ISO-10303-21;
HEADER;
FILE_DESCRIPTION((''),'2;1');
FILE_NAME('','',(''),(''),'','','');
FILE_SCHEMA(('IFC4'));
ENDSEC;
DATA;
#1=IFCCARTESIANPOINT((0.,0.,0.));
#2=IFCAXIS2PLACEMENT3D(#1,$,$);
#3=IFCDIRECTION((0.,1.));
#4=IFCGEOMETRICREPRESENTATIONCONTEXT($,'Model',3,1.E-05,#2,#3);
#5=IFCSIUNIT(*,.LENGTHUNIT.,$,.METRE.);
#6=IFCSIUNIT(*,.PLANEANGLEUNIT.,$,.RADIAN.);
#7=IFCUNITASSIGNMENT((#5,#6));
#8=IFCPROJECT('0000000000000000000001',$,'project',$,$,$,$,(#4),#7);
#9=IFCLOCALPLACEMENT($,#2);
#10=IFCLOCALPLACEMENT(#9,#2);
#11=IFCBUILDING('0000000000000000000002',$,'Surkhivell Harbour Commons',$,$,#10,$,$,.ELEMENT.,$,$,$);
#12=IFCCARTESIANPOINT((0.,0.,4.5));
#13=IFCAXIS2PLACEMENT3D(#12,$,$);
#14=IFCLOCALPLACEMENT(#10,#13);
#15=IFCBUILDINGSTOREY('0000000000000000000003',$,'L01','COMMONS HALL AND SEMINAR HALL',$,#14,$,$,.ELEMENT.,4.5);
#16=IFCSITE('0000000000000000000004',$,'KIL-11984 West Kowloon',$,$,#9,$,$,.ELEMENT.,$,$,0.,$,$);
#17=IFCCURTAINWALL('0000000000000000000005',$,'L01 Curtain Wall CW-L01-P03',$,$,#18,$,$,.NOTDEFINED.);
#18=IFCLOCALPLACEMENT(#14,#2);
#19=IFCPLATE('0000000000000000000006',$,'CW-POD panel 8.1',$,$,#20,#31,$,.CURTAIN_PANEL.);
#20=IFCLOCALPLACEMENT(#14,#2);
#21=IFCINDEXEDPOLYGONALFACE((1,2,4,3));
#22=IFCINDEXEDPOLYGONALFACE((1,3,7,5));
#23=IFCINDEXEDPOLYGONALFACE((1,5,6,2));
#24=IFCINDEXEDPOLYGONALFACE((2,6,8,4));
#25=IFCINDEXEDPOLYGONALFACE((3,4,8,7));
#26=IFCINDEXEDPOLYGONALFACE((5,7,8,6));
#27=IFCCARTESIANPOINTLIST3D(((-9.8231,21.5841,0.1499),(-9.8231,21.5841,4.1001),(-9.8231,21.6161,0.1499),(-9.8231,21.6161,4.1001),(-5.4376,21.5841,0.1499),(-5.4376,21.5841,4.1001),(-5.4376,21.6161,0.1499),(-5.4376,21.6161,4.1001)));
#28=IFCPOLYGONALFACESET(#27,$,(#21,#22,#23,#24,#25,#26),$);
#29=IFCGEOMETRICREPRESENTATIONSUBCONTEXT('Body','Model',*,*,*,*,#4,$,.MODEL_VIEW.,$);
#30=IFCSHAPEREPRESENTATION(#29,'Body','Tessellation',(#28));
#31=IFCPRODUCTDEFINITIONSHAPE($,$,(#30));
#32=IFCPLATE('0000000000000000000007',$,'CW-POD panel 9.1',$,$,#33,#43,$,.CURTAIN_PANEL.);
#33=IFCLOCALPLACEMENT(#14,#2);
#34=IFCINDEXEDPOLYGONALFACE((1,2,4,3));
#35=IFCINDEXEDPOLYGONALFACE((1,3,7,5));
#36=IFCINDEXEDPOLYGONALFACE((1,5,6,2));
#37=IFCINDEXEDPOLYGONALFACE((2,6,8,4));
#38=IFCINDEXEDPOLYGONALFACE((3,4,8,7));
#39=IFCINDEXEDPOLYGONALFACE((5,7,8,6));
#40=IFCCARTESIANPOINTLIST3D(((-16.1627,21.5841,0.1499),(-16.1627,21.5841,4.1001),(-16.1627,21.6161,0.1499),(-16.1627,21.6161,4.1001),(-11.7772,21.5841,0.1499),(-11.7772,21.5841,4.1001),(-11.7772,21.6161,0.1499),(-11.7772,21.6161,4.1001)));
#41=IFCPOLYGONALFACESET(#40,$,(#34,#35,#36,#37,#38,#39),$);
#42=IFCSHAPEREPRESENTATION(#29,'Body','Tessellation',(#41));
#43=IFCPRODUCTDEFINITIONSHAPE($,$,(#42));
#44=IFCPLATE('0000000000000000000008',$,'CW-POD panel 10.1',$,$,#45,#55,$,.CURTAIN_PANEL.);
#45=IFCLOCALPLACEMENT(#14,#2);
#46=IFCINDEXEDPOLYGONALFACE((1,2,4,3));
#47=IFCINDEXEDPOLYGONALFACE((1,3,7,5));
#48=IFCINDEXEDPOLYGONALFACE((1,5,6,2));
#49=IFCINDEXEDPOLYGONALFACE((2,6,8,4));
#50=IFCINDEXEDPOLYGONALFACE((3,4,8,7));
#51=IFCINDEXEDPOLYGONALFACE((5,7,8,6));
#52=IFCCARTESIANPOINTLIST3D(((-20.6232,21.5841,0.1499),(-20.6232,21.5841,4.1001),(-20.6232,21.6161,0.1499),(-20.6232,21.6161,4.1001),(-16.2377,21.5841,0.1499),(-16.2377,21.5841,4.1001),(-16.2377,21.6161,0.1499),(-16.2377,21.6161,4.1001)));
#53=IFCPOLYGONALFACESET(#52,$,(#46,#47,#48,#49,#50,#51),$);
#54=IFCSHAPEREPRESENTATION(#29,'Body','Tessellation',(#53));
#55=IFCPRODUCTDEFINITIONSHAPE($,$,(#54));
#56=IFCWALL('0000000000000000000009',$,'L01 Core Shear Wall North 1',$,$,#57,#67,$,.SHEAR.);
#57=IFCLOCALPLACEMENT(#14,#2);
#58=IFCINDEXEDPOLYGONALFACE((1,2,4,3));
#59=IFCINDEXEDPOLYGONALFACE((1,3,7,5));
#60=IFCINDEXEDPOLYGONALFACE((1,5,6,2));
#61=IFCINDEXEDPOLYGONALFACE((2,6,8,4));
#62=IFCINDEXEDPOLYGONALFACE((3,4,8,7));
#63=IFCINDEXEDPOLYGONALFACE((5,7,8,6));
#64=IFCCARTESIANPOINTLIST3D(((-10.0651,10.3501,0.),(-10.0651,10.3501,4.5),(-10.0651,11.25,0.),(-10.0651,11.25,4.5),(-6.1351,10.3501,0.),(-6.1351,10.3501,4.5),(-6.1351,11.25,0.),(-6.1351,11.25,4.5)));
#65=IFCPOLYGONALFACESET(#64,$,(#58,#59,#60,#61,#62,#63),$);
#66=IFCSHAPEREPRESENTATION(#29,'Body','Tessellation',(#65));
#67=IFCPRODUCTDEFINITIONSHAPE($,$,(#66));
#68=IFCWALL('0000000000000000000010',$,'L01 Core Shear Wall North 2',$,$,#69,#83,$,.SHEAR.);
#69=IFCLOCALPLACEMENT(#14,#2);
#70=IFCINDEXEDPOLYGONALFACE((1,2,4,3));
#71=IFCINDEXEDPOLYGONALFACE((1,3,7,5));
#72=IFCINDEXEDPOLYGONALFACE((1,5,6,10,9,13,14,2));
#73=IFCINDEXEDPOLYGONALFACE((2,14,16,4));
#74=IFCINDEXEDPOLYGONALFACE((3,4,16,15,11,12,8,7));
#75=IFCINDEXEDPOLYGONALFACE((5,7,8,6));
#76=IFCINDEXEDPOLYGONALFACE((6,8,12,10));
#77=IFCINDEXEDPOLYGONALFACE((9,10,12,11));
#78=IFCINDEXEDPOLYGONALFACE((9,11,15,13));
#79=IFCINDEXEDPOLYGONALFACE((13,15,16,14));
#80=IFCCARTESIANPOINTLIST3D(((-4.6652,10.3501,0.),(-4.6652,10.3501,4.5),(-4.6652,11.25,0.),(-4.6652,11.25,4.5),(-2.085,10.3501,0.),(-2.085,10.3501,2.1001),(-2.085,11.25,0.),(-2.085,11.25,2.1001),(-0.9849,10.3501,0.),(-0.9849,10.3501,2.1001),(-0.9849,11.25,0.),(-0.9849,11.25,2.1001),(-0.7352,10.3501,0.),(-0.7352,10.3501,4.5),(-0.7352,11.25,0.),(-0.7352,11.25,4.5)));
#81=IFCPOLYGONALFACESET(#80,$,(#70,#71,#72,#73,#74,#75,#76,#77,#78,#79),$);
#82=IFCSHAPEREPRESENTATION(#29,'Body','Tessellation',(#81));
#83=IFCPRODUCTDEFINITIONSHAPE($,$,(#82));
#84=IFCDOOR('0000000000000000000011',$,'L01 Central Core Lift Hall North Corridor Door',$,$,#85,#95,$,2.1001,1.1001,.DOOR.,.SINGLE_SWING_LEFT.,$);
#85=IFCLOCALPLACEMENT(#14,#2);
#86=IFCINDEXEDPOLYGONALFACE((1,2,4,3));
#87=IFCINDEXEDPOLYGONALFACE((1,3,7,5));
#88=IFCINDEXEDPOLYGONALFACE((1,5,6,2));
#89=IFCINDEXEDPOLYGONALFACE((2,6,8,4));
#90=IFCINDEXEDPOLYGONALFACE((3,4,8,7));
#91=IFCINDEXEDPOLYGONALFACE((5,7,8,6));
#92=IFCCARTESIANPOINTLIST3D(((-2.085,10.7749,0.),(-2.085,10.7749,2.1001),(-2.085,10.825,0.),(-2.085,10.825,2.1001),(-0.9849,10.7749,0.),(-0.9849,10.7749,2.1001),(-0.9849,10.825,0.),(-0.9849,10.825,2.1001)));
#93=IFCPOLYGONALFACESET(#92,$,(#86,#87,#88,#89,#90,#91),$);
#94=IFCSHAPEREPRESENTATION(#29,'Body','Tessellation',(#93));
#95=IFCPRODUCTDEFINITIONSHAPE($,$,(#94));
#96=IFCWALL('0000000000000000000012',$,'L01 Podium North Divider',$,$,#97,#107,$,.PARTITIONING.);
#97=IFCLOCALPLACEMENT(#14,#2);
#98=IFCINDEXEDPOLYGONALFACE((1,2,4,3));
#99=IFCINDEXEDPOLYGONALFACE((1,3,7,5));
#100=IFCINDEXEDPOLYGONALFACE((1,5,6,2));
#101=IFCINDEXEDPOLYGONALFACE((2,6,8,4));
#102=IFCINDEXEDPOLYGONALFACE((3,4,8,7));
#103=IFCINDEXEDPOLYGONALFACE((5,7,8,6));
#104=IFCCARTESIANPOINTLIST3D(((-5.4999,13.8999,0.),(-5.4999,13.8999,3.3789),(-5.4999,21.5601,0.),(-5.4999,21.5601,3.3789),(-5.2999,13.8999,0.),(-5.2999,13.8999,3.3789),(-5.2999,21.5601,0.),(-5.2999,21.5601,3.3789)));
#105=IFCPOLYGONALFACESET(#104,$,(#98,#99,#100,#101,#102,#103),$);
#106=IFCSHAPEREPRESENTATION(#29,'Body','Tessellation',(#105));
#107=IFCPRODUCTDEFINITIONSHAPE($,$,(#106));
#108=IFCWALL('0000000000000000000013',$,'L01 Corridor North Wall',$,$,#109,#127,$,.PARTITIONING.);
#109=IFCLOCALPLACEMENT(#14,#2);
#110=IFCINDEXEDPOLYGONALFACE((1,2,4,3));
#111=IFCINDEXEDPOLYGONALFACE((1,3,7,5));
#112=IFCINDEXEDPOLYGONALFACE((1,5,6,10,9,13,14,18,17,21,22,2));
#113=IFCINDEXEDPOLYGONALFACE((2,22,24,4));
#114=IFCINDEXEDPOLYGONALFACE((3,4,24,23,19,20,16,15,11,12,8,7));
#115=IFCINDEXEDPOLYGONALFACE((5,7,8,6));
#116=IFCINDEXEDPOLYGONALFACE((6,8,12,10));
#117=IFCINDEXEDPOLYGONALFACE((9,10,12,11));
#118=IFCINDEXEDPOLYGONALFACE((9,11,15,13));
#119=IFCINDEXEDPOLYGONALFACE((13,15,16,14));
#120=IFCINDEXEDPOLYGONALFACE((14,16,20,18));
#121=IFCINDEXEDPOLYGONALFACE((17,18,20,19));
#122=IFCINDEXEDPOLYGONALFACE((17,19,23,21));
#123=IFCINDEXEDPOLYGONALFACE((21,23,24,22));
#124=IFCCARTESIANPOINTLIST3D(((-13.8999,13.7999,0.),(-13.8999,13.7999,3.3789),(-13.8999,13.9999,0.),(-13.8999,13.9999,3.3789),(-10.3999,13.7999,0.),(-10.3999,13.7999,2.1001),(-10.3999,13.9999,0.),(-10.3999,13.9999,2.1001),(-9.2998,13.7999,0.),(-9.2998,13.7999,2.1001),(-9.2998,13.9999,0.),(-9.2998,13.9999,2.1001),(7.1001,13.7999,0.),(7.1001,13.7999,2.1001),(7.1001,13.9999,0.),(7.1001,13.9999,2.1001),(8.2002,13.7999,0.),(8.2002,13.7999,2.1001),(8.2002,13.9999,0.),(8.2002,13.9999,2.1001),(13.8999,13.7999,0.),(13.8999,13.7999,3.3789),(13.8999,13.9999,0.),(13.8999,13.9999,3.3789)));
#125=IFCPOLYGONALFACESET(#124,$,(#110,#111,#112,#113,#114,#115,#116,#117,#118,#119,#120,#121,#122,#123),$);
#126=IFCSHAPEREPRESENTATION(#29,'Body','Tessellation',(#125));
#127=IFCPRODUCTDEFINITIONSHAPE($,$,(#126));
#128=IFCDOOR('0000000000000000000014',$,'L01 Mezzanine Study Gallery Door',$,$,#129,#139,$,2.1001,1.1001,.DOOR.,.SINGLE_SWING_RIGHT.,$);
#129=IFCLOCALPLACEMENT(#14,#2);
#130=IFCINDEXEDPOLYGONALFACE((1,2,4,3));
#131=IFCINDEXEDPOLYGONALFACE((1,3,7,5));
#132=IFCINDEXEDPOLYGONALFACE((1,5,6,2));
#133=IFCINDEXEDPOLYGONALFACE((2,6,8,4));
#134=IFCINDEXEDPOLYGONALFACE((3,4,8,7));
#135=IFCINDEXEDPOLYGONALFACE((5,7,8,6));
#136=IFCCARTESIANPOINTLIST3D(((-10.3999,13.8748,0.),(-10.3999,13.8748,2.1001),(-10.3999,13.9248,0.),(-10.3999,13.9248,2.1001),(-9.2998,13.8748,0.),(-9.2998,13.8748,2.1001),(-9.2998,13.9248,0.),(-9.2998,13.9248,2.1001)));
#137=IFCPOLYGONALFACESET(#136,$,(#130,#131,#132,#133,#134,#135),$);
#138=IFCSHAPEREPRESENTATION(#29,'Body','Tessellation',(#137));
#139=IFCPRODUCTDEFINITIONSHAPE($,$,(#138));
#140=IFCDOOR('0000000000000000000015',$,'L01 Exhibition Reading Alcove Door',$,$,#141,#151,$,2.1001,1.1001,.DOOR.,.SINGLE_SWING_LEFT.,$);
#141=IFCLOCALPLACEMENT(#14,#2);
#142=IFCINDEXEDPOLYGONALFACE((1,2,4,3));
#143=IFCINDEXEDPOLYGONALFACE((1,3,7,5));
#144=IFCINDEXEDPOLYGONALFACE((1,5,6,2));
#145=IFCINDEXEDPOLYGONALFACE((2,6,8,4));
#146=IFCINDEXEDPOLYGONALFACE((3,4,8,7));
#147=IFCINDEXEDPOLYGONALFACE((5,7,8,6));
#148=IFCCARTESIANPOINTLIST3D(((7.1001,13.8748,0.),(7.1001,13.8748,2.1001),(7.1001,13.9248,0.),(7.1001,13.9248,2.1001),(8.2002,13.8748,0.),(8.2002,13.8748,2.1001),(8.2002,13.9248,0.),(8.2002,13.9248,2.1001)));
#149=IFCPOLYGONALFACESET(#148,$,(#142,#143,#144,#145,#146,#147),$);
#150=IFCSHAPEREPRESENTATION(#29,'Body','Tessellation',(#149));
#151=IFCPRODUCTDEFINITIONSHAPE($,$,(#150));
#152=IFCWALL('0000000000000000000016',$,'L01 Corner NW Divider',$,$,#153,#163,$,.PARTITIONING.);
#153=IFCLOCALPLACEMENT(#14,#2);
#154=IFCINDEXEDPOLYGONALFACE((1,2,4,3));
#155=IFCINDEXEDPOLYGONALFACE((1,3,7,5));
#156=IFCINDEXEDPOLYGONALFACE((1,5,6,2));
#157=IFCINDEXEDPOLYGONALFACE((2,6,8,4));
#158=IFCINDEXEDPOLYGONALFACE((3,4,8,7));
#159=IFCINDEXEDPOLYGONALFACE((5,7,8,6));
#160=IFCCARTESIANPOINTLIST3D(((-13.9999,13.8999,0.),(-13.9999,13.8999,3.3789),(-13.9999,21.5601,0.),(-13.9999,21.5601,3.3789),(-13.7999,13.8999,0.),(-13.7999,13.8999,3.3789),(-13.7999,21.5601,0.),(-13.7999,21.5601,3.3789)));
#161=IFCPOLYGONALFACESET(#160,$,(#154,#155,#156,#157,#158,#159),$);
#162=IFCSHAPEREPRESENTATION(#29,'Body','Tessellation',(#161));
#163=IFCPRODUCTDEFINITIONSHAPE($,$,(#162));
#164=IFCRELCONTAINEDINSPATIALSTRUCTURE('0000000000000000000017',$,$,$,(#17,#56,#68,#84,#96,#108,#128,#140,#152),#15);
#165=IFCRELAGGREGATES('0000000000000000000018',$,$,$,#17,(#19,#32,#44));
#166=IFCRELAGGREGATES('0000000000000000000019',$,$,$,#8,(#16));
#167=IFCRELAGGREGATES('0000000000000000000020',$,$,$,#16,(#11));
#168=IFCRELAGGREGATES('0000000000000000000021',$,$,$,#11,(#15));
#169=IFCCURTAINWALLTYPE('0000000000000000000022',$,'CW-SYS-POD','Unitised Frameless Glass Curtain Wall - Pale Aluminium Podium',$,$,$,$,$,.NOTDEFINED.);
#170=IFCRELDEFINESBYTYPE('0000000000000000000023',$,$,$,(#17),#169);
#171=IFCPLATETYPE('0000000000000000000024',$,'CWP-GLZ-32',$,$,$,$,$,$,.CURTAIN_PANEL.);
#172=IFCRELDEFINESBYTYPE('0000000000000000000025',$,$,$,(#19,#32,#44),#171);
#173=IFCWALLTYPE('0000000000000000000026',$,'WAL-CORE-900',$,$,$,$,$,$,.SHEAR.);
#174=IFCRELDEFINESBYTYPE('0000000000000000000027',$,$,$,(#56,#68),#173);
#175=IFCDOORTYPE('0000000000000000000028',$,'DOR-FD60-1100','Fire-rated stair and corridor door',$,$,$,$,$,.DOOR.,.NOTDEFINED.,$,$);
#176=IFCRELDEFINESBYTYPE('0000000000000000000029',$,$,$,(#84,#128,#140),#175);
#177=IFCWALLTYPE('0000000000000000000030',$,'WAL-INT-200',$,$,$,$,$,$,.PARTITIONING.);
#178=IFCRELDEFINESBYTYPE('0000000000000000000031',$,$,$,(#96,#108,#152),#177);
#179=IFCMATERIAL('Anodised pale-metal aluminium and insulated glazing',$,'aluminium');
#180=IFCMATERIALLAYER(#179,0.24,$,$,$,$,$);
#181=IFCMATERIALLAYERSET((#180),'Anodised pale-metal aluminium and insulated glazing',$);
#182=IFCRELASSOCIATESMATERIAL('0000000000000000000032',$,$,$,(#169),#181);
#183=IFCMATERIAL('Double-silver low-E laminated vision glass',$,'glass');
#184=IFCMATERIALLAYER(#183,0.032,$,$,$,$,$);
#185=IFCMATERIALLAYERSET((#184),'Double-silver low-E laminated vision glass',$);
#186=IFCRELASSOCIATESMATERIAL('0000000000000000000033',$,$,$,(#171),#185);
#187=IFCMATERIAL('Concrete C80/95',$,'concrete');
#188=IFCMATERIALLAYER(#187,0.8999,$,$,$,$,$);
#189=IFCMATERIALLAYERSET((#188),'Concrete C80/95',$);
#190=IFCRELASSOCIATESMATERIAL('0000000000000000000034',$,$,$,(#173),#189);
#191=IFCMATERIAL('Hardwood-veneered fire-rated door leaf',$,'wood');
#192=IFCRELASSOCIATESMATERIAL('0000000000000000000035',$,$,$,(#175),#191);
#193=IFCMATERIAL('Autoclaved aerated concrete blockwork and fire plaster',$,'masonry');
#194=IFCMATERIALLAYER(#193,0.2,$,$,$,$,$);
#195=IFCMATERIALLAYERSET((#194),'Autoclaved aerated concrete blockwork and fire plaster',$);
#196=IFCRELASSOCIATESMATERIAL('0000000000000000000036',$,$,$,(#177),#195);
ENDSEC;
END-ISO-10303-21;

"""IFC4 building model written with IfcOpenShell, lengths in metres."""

from ifc_helpers import new_model, si_unit, direction, frame, frame_2d, origin, place, context, subcontext, project, spatial, rectangle, extrude, material, layer, layer_set, type_object, element, fill, aggregate, save


model = new_model("IFC4")

# Units and contexts
model_context = context("Model", 3, precision=1e-05, world=origin(), true_north=direction((0.0, 1.0)))
body_context = subcontext(model_context, "Body", "Model", "MODEL_VIEW")
ifc_project = project(units=[si_unit("LENGTHUNIT", "METRE"), si_unit("PLANEANGLEUNIT", "RADIAN")], contexts=[model_context])

# Site, building, storey
site_placement = place(None, origin())
site = spatial("IfcSite", under=ifc_project, at=site_placement, Name="KIL-11984 West Kowloon", CompositionType="ELEMENT", RefElevation=0.0)
building_placement = place(site_placement, origin())
building = spatial("IfcBuilding", under=site, at=building_placement, Name="Surkhivell Harbour Commons", CompositionType="ELEMENT")
storey_placement = place(building_placement, frame((0.0, 0.0, 4.5)))
storey = spatial("IfcBuildingStorey", under=building, at=storey_placement, Name="L01", Description="COMMONS HALL AND SEMINAR HALL", CompositionType="ELEMENT", Elevation=4.5)

# Shared definitions
ifc_material_1 = material(Name="Concrete C80/95", Category="concrete")

# Curtain wall, plates
ifc_material_2 = material(Name="Anodised pale-metal aluminium and insulated glazing", Category="aluminium")
ifc_layer_1 = layer(ifc_material_2, 0.24)
ifc_layer_set_1 = layer_set([ifc_layer_1], Name="Anodised pale-metal aluminium and insulated glazing")
curtain_wall_type = type_object("IfcCurtainWallType", Name="CW-SYS-POD", Description="Unitised Frameless Glass Curtain Wall - Pale Aluminium Podium", PredefinedType="NOTDEFINED", material=ifc_layer_set_1)
curtain_wall_placement = place(storey_placement, origin())
curtain_wall = element("IfcCurtainWall", 1, at=curtain_wall_placement, inside=storey, type_object=curtain_wall_type, Name="L01 Curtain Wall CW-L01-P03", PredefinedType="NOTDEFINED")
ifc_material_3 = material(Name="Double-silver low-E laminated vision glass", Category="glass")
ifc_layer_2 = layer(ifc_material_3, 0.032)
ifc_layer_set_2 = layer_set([ifc_layer_2], Name="Double-silver low-E laminated vision glass")
plate_type = type_object("IfcPlateType", Name="CWP-GLZ-32", PredefinedType="CURTAIN_PANEL", material=ifc_layer_set_2)
plate_1_placement = place(storey_placement, frame((-5.4375, 21.6001, 0.1499), z_axis=(0.0, 0.0, 1.0), x_axis=(-1.0, 0.0, 0.0)))
plate_1 = element("IfcPlate", 2, at=plate_1_placement, type_object=plate_type, Name="CW-POD panel 8.1", PredefinedType="CURTAIN_PANEL", context=body_context, shape_type="SweptSolid", body=[
    extrude(rectangle(XDim=4.3855, YDim=0.032, at=frame_2d((2.1929, 0.0))), origin(), (0.0, 0.0, 1.0), 3.9502),
])
plate_2_placement = place(storey_placement, frame((-11.7771, 21.6001, 0.1499), z_axis=(0.0, 0.0, 1.0), x_axis=(-1.0, 0.0, 0.0)))
plate_2 = element("IfcPlate", 3, at=plate_2_placement, type_object=plate_type, Name="CW-POD panel 9.1", PredefinedType="CURTAIN_PANEL", context=body_context, shape_type="SweptSolid", body=[
    extrude(rectangle(XDim=4.3855, YDim=0.032, at=frame_2d((2.1929, 0.0))), origin(), (0.0, 0.0, 1.0), 3.9502),
])
plate_3_placement = place(storey_placement, frame((-16.2375, 21.6001, 0.1499), z_axis=(0.0, 0.0, 1.0), x_axis=(-1.0, 0.0, 0.0)))
plate_3 = element("IfcPlate", 4, at=plate_3_placement, type_object=plate_type, Name="CW-POD panel 10.1", PredefinedType="CURTAIN_PANEL", context=body_context, shape_type="SweptSolid", body=[
    extrude(rectangle(XDim=4.3855, YDim=0.032, at=frame_2d((2.1929, 0.0))), origin(), (0.0, 0.0, 1.0), 3.9502),
])
aggregate(curtain_wall, [plate_1, plate_2, plate_3])

# Wall
ifc_layer_3 = layer(ifc_material_1, 0.8999)
ifc_layer_set_3 = layer_set([ifc_layer_3], Name="Concrete C80/95")
wall_type_1 = type_object("IfcWallType", Name="WAL-CORE-900", PredefinedType="SHEAR", material=ifc_layer_set_3)
wall_1_placement = place(storey_placement, frame((-10.0649, 10.8, 0.0), z_axis=(0.0, 0.0, 1.0), x_axis=(1.0, 0.0, 0.0)))
element("IfcWall", 5, at=wall_1_placement, inside=storey, type_object=wall_type_1, Name="L01 Core Shear Wall North 1", PredefinedType="SHEAR", context=body_context, shape_type="SweptSolid", body=[
    extrude(rectangle(XDim=3.9299, YDim=0.8999, at=frame_2d((1.9648, 0.0))), origin(), (0.0, 0.0, 1.0), 4.5),
])

# Wall, opening, door
wall_2_placement = place(storey_placement, frame((-4.665, 10.8, 0.0), z_axis=(0.0, 0.0, 1.0), x_axis=(1.0, 0.0, 0.0)))
wall_2 = element("IfcWall", 6, at=wall_2_placement, inside=storey, type_object=wall_type_1, Name="L01 Core Shear Wall North 2", PredefinedType="SHEAR", context=body_context, shape_type="SweptSolid", body=[
    extrude(rectangle(XDim=3.9299, YDim=0.8999, at=frame_2d((1.9648, 0.0))), origin(), (0.0, 0.0, 1.0), 4.5),
])
opening_1_placement = place(wall_2_placement, frame((2.5801, 0.0, 0.0)))
opening_1 = element("IfcOpeningElement", 7, at=opening_1_placement, cuts=wall_2, PredefinedType="OPENING", context=body_context, shape_type="SweptSolid", body=[
    extrude(rectangle(XDim=1.1001, YDim=2.1001, at=frame_2d((0.55, 1.05))), frame((0.0, 0.46, 0.0), z_axis=(0.0, -1.0, 0.0), x_axis=(1.0, 0.0, 0.0)), (0.0, 0.0, 1.0), 0.9199),
])
ifc_material_4 = material(Name="Hardwood-veneered fire-rated door leaf", Category="wood")
door_type = type_object("IfcDoorType", Name="DOR-FD60-1100", Description="Fire-rated stair and corridor door", OperationType="NOTDEFINED", PredefinedType="DOOR", material=ifc_material_4)
door_1_placement = place(opening_1_placement, origin())
door_1 = element("IfcDoor", 8, at=door_1_placement, inside=storey, type_object=door_type, Name="L01 Central Core Lift Hall North Corridor Door", OperationType="SINGLE_SWING_LEFT", OverallHeight=2.1001, OverallWidth=1.1001, PredefinedType="DOOR", context=body_context, shape_type="SweptSolid", body=[
    extrude(rectangle(XDim=1.1001, YDim=2.1001, at=frame_2d((0.55, 1.05))), frame((0.0, 0.0249, 0.0), z_axis=(0.0, -1.0, 0.0), x_axis=(1.0, 0.0, 0.0)), (0.0, 0.0, 1.0), 0.05),
])
fill(opening_1, door_1)

# Wall
ifc_material_5 = material(Name="Autoclaved aerated concrete blockwork and fire plaster", Category="masonry")
ifc_layer_4 = layer(ifc_material_5, 0.2)
ifc_layer_set_4 = layer_set([ifc_layer_4], Name="Autoclaved aerated concrete blockwork and fire plaster")
wall_type_2 = type_object("IfcWallType", Name="WAL-INT-200", PredefinedType="PARTITIONING", material=ifc_layer_set_4)
wall_3_placement = place(storey_placement, frame((-5.3999, 13.8999, 0.0), z_axis=(0.0, 0.0, 1.0), x_axis=(0.0, 1.0, 0.0)))
element("IfcWall", 9, at=wall_3_placement, inside=storey, type_object=wall_type_2, Name="L01 Podium North Divider", PredefinedType="PARTITIONING", context=body_context, shape_type="SweptSolid", body=[
    extrude(rectangle(XDim=7.6602, YDim=0.2, at=frame_2d((3.8301, 0.0))), origin(), (0.0, 0.0, 1.0), 3.3789),
])

# Wall, openings, doors
wall_4_placement = place(storey_placement, frame((-13.8999, 13.8999, 0.0), z_axis=(0.0, 0.0, 1.0), x_axis=(1.0, 0.0, 0.0)))
wall_4 = element("IfcWall", 10, at=wall_4_placement, inside=storey, type_object=wall_type_2, Name="L01 Corridor North Wall", PredefinedType="PARTITIONING", context=body_context, shape_type="SweptSolid", body=[
    extrude(rectangle(XDim=27.7998, YDim=0.2, at=frame_2d((13.8999, 0.0))), origin(), (0.0, 0.0, 1.0), 3.3789),
])
opening_2_placement = place(wall_4_placement, frame((3.5, 0.0, 0.0)))
opening_2 = element("IfcOpeningElement", 11, at=opening_2_placement, cuts=wall_4, PredefinedType="OPENING", context=body_context, shape_type="SweptSolid", body=[
    extrude(rectangle(XDim=1.1001, YDim=2.1001, at=frame_2d((0.55, 1.05))), frame((0.0, 0.1099, 0.0), z_axis=(0.0, -1.0, 0.0), x_axis=(1.0, 0.0, 0.0)), (0.0, 0.0, 1.0), 0.22),
])
opening_3_placement = place(wall_4_placement, frame((21.0, 0.0, 0.0)))
opening_3 = element("IfcOpeningElement", 12, at=opening_3_placement, cuts=wall_4, PredefinedType="OPENING", context=body_context, shape_type="SweptSolid", body=[
    extrude(rectangle(XDim=1.1001, YDim=2.1001, at=frame_2d((0.55, 1.05))), frame((0.0, 0.1099, 0.0), z_axis=(0.0, -1.0, 0.0), x_axis=(1.0, 0.0, 0.0)), (0.0, 0.0, 1.0), 0.22),
])
door_2_placement = place(opening_2_placement, origin())
door_2 = element("IfcDoor", 13, at=door_2_placement, inside=storey, type_object=door_type, Name="L01 Mezzanine Study Gallery Door", OperationType="SINGLE_SWING_RIGHT", OverallHeight=2.1001, OverallWidth=1.1001, PredefinedType="DOOR", context=body_context, shape_type="SweptSolid", body=[
    extrude(rectangle(XDim=1.1001, YDim=2.1001, at=frame_2d((0.55, 1.05))), frame((0.0, 0.0249, 0.0), z_axis=(0.0, -1.0, 0.0), x_axis=(1.0, 0.0, 0.0)), (0.0, 0.0, 1.0), 0.05),
])
fill(opening_2, door_2)
door_3_placement = place(opening_3_placement, origin())
door_3 = element("IfcDoor", 14, at=door_3_placement, inside=storey, type_object=door_type, Name="L01 Exhibition Reading Alcove Door", OperationType="SINGLE_SWING_LEFT", OverallHeight=2.1001, OverallWidth=1.1001, PredefinedType="DOOR", context=body_context, shape_type="SweptSolid", body=[
    extrude(rectangle(XDim=1.1001, YDim=2.1001, at=frame_2d((0.55, 1.05))), frame((0.0, 0.0249, 0.0), z_axis=(0.0, -1.0, 0.0), x_axis=(1.0, 0.0, 0.0)), (0.0, 0.0, 1.0), 0.05),
])
fill(opening_3, door_3)

# Wall
wall_5_placement = place(storey_placement, frame((-13.8999, 13.8999, 0.0), z_axis=(0.0, 0.0, 1.0), x_axis=(0.0, 1.0, 0.0)))
element("IfcWall", 15, at=wall_5_placement, inside=storey, type_object=wall_type_2, Name="L01 Corner NW Divider", PredefinedType="PARTITIONING", context=body_context, shape_type="SweptSolid", body=[
    extrude(rectangle(XDim=7.6602, YDim=0.2, at=frame_2d((3.8301, 0.0))), origin(), (0.0, 0.0, 1.0), 3.3789),
])

save(model, "model.ifc")
